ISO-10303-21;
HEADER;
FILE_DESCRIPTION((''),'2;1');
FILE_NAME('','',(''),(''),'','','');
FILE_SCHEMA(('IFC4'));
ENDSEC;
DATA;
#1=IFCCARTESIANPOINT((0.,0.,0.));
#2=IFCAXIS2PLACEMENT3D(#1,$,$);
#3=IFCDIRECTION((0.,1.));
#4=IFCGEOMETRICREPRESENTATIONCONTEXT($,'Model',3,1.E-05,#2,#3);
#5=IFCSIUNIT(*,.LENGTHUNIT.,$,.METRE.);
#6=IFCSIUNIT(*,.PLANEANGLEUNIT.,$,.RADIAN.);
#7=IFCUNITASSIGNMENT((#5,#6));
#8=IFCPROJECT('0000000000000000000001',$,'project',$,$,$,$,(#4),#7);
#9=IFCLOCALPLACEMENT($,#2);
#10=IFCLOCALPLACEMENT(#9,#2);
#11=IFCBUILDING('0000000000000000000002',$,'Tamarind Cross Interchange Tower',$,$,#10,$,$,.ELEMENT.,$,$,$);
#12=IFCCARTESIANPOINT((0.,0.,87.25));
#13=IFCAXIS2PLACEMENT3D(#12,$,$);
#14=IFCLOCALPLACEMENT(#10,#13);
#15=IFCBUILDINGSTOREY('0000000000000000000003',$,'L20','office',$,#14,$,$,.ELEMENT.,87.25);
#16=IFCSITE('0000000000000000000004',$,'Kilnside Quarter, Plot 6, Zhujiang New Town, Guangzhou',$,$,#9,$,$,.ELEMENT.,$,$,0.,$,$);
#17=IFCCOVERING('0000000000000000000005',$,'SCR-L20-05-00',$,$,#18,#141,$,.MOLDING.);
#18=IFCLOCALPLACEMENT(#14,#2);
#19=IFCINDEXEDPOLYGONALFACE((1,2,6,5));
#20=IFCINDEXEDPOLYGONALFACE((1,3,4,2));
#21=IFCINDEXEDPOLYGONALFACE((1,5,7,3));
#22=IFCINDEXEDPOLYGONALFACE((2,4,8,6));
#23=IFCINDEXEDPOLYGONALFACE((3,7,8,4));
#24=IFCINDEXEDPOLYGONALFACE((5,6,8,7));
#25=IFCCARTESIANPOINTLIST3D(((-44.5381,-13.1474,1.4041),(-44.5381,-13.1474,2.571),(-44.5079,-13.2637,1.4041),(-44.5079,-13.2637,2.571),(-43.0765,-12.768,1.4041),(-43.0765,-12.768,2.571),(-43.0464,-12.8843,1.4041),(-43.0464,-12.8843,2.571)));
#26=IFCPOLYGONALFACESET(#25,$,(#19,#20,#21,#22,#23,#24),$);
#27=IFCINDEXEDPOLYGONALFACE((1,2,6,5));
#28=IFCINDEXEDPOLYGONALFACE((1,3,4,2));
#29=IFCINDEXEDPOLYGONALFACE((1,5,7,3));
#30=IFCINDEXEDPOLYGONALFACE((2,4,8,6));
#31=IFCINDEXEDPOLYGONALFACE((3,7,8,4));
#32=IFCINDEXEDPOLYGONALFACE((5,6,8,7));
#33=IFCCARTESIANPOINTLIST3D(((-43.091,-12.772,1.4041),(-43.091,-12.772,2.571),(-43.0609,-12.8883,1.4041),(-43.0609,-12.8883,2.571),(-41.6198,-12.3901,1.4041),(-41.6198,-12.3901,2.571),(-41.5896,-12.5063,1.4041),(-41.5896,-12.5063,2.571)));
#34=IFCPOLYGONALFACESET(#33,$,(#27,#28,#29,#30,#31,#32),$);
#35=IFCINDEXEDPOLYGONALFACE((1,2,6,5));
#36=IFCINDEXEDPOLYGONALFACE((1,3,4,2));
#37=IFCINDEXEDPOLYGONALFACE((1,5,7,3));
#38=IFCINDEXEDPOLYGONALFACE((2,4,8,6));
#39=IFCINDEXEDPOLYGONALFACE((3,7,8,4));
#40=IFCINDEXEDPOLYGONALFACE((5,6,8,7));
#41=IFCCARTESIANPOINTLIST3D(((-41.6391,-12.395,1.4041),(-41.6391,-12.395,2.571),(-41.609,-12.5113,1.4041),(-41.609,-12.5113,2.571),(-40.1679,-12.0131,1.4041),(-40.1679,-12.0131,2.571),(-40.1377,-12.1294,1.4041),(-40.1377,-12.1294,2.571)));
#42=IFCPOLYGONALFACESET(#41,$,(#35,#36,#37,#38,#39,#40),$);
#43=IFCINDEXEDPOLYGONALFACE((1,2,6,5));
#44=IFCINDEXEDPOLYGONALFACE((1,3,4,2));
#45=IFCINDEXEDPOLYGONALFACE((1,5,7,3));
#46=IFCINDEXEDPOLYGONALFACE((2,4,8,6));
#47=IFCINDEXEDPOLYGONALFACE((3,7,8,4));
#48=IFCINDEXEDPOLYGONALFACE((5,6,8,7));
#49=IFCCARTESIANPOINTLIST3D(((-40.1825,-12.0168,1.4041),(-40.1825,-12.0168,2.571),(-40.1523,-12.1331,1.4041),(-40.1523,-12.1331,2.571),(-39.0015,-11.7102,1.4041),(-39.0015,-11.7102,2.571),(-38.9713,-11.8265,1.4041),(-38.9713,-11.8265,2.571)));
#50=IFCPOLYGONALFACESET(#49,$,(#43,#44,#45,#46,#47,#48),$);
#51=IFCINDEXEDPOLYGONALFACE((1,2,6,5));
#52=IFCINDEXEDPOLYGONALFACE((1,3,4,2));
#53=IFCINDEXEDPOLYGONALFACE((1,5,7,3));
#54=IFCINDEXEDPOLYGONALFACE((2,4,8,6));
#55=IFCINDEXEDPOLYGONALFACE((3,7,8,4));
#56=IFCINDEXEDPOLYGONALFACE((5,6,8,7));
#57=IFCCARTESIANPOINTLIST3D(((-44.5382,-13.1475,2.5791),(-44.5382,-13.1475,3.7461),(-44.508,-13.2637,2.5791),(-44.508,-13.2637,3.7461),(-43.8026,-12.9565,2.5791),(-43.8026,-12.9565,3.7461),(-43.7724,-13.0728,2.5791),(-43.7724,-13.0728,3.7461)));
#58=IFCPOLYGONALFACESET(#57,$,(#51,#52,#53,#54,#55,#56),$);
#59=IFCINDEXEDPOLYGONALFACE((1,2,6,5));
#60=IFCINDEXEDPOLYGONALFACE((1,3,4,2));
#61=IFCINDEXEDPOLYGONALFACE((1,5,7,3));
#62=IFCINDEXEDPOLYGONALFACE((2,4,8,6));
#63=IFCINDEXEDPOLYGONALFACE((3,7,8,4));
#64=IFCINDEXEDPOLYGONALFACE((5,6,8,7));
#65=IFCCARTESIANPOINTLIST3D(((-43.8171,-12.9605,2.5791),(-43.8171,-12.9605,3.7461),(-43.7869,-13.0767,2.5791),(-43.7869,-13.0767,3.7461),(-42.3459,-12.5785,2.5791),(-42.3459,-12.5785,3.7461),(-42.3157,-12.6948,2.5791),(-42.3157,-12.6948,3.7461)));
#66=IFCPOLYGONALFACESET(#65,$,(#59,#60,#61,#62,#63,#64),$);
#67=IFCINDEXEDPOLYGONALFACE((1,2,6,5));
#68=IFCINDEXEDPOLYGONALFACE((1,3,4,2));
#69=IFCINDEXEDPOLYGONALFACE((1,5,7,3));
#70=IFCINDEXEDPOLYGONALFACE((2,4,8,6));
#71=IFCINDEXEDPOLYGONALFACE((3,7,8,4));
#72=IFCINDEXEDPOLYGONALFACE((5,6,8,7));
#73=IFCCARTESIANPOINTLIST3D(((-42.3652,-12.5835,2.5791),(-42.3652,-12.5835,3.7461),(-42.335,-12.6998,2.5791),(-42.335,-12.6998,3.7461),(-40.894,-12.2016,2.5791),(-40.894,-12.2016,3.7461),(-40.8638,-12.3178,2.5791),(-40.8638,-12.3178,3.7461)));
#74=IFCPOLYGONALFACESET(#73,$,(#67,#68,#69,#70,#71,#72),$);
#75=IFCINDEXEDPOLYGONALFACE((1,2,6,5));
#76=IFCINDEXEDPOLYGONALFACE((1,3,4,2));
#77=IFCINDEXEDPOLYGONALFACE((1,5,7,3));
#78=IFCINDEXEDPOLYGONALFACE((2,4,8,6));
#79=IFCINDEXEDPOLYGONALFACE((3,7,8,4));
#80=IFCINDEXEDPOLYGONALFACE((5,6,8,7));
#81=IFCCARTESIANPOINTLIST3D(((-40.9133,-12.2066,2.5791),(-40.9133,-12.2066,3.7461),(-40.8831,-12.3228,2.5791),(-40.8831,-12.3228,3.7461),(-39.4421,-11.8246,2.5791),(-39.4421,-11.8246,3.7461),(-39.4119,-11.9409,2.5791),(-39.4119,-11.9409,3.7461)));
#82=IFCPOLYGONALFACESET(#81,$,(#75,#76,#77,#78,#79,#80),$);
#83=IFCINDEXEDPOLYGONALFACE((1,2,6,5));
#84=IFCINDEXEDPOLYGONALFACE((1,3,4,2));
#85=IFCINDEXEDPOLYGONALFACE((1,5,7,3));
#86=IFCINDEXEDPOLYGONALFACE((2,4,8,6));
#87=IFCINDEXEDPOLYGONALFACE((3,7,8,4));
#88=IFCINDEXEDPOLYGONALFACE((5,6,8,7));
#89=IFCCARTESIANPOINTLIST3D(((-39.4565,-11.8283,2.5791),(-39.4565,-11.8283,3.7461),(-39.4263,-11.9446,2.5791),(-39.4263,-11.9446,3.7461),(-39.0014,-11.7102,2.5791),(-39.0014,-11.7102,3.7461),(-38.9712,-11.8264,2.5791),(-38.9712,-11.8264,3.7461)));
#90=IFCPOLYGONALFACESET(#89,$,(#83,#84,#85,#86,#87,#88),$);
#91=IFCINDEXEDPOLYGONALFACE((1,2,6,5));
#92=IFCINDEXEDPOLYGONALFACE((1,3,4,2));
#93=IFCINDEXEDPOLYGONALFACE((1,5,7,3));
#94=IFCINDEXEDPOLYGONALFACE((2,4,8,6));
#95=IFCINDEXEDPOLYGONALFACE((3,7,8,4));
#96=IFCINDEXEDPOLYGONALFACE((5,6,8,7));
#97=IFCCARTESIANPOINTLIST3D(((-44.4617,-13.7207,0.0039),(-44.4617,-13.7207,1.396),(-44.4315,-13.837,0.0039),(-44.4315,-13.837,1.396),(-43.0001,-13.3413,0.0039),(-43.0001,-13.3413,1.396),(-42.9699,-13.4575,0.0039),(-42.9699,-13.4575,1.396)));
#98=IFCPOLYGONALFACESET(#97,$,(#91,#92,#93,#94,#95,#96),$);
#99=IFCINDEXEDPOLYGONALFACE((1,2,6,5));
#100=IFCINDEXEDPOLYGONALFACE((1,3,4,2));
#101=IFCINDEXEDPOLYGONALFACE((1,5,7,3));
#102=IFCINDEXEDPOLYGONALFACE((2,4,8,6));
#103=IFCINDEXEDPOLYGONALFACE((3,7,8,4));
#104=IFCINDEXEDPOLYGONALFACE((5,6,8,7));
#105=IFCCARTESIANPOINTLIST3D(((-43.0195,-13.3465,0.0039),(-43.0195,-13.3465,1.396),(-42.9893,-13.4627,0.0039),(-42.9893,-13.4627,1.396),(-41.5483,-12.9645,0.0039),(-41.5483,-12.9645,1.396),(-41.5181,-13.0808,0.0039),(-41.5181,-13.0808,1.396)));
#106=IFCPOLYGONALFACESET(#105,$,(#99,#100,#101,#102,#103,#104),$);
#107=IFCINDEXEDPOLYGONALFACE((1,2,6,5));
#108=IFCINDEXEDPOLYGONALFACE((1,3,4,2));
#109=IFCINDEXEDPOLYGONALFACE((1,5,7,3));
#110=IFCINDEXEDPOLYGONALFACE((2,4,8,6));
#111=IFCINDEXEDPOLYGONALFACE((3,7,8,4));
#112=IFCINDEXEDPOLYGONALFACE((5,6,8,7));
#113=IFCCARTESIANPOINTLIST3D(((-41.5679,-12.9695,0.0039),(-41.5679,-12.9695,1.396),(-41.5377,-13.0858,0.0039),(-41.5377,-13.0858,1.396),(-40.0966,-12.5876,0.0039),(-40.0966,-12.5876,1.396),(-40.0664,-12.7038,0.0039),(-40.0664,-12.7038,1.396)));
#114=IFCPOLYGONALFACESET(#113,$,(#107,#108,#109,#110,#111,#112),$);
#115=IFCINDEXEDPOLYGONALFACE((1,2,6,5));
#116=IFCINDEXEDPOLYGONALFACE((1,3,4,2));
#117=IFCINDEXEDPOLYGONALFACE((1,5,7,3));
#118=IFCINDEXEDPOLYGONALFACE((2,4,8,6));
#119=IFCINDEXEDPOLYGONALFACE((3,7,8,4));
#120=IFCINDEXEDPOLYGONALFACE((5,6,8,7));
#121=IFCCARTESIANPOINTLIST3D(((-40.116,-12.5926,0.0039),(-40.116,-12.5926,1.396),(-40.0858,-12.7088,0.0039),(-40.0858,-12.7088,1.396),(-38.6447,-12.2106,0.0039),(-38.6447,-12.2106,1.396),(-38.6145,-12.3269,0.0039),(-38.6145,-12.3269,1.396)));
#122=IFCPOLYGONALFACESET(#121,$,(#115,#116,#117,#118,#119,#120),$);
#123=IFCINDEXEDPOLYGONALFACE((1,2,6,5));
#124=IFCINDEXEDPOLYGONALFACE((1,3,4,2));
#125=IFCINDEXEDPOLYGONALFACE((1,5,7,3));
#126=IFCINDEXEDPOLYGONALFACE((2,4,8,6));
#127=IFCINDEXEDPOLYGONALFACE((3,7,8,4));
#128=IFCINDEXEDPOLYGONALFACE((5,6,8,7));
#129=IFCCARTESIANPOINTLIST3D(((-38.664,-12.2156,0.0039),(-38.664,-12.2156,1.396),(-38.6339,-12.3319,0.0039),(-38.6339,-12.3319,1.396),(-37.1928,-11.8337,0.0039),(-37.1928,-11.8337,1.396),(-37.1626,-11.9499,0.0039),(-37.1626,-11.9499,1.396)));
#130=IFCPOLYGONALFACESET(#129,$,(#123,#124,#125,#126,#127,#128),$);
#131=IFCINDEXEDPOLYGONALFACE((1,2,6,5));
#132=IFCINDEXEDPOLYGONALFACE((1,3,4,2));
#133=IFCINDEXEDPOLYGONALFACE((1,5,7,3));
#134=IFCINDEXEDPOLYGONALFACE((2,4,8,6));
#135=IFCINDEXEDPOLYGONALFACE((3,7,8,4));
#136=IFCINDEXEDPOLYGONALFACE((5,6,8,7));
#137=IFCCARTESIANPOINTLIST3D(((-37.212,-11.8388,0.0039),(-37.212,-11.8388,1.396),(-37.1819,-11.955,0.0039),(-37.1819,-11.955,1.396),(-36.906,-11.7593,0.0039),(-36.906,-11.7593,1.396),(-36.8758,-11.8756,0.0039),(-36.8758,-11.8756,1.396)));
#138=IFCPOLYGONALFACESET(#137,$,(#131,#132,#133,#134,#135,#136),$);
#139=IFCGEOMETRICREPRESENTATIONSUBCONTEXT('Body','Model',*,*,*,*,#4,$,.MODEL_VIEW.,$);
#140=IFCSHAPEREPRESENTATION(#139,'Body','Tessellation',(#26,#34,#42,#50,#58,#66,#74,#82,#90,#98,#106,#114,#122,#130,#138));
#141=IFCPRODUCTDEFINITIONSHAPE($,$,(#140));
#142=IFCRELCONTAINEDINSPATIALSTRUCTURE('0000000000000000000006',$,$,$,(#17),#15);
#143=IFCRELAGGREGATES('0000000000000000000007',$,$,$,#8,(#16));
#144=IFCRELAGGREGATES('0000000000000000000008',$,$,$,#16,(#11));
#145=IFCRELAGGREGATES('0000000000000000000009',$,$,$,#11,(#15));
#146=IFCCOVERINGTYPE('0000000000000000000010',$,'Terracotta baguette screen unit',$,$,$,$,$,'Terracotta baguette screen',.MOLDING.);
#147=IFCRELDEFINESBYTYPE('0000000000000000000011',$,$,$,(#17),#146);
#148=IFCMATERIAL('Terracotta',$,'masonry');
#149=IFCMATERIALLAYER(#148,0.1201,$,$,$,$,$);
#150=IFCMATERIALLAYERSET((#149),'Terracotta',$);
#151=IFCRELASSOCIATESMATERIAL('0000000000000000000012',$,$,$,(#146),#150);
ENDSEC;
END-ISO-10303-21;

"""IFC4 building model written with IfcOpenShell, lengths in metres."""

from ifc_helpers import new_model, si_unit, direction, frame, origin, origin_2d, place, context, subcontext, project, spatial, rectangle, extrude, material, layer, layer_set, type_object, element, save


model = new_model("IFC4")

# Units and contexts
model_context = context("Model", 3, precision=1e-05, world=origin(), true_north=direction((0.0, 1.0)))
body_context = subcontext(model_context, "Body", "Model", "MODEL_VIEW")
ifc_project = project(units=[si_unit("LENGTHUNIT", "METRE"), si_unit("PLANEANGLEUNIT", "RADIAN")], contexts=[model_context])

# Site, building, storey
site_placement = place(None, origin())
site = spatial("IfcSite", under=ifc_project, at=site_placement, Name="Kilnside Quarter, Plot 6, Zhujiang New Town, Guangzhou", CompositionType="ELEMENT", RefElevation=0.0)
building_placement = place(site_placement, origin())
building = spatial("IfcBuilding", under=site, at=building_placement, Name="Tamarind Cross Interchange Tower", CompositionType="ELEMENT")
storey_placement = place(building_placement, frame((0.0, 0.0, 87.25)))
storey = spatial("IfcBuildingStorey", under=building, at=storey_placement, Name="L20", Description="office", CompositionType="ELEMENT", Elevation=87.25)

# Covering
ifc_material_1 = material(Name="Terracotta", Category="masonry")
ifc_layer_1 = layer(ifc_material_1, 0.1201)
ifc_layer_set_1 = layer_set([ifc_layer_1], Name="Terracotta")
covering_type = type_object("IfcCoveringType", Name="Terracotta baguette screen unit", ElementType="Terracotta baguette screen", PredefinedType="MOLDING", material=ifc_layer_set_1)
covering_1_placement = place(storey_placement, origin())
element("IfcCovering", 1, at=covering_1_placement, inside=storey, type_object=covering_type, Name="SCR-L20-05-00", PredefinedType="MOLDING", context=body_context, shape_type="SweptSolid", body=[
    extrude(rectangle(XDim=1.51, YDim=0.1201, at=origin_2d()), frame((-43.7922, -13.0159, 1.4041), z_axis=(0.0, 0.0, 1.0), x_axis=(0.967918, 0.251267, 0.0)), (0.0, 0.0, 1.0), 1.167),
    extrude(rectangle(XDim=1.52, YDim=0.1201, at=origin_2d()), frame((-42.3403, -12.6392, 1.4041), z_axis=(0.0, 0.0, 1.0), x_axis=(0.967918, 0.251267, 0.0)), (0.0, 0.0, 1.0), 1.167),
    extrude(rectangle(XDim=1.52, YDim=0.1201, at=origin_2d()), frame((-40.8884, -12.2622, 1.4041), z_axis=(0.0, 0.0, 1.0), x_axis=(0.967918, 0.251267, 0.0)), (0.0, 0.0, 1.0), 1.167),
    extrude(rectangle(XDim=1.2202, YDim=0.1201, at=origin_2d()), frame((-39.5769, -11.9216, 1.4041), z_axis=(0.0, 0.0, 1.0), x_axis=(0.967918, 0.251267, 0.0)), (0.0, 0.0, 1.0), 1.167),
    extrude(rectangle(XDim=0.76, YDim=0.1201, at=origin_2d()), frame((-44.1553, -13.1101, 2.5791), z_axis=(0.0, 0.0, 1.0), x_axis=(0.967918, 0.251267, 0.0)), (0.0, 0.0, 1.0), 1.167),
    extrude(rectangle(XDim=1.52, YDim=0.1201, at=origin_2d()), frame((-43.0664, -12.8276, 2.5791), z_axis=(0.0, 0.0, 1.0), x_axis=(0.967918, 0.251267, 0.0)), (0.0, 0.0, 1.0), 1.167),
    extrude(rectangle(XDim=1.52, YDim=0.1201, at=origin_2d()), frame((-41.6145, -12.4507, 2.5791), z_axis=(0.0, 0.0, 1.0), x_axis=(0.967918, 0.251267, 0.0)), (0.0, 0.0, 1.0), 1.167),
    extrude(rectangle(XDim=1.52, YDim=0.1201, at=origin_2d()), frame((-40.1626, -12.0737, 2.5791), z_axis=(0.0, 0.0, 1.0), x_axis=(0.967918, 0.251267, 0.0)), (0.0, 0.0, 1.0), 1.167),
    extrude(rectangle(XDim=0.4702, YDim=0.1201, at=origin_2d()), frame((-39.2139, -11.8274, 2.5791), z_axis=(0.0, 0.0, 1.0), x_axis=(0.967918, 0.251267, 0.0)), (0.0, 0.0, 1.0), 1.167),
    extrude(rectangle(XDim=1.51, YDim=0.1201, at=origin_2d()), frame((-43.7158, -13.5891, 0.0039), z_axis=(0.0, 0.0, 1.0), x_axis=(0.967918, 0.251267, 0.0)), (0.0, 0.0, 1.0), 1.3921),
    extrude(rectangle(XDim=1.52, YDim=0.1201, at=origin_2d()), frame((-42.2688, -13.2136, 0.0039), z_axis=(0.0, 0.0, 1.0), x_axis=(0.967918, 0.251267, 0.0)), (0.0, 0.0, 1.0), 1.3921),
    extrude(rectangle(XDim=1.52, YDim=0.1201, at=origin_2d()), frame((-40.8171, -12.8367, 0.0039), z_axis=(0.0, 0.0, 1.0), x_axis=(0.967918, 0.251267, 0.0)), (0.0, 0.0, 1.0), 1.3921),
    extrude(rectangle(XDim=1.52, YDim=0.1201, at=origin_2d()), frame((-39.3652, -12.4597, 0.0039), z_axis=(0.0, 0.0, 1.0), x_axis=(0.967918, 0.251267, 0.0)), (0.0, 0.0, 1.0), 1.3921),
    extrude(rectangle(XDim=1.52, YDim=0.1201, at=origin_2d()), frame((-37.9133, -12.0828, 0.0039), z_axis=(0.0, 0.0, 1.0), x_axis=(0.967918, 0.251267, 0.0)), (0.0, 0.0, 1.0), 1.3921),
    extrude(rectangle(XDim=0.3162, YDim=0.1201, at=origin_2d()), frame((-37.0439, -11.8572, 0.0039), z_axis=(0.0, 0.0, 1.0), x_axis=(0.967918, 0.251267, 0.0)), (0.0, 0.0, 1.0), 1.3921),
])

save(model, "model.ifc")
